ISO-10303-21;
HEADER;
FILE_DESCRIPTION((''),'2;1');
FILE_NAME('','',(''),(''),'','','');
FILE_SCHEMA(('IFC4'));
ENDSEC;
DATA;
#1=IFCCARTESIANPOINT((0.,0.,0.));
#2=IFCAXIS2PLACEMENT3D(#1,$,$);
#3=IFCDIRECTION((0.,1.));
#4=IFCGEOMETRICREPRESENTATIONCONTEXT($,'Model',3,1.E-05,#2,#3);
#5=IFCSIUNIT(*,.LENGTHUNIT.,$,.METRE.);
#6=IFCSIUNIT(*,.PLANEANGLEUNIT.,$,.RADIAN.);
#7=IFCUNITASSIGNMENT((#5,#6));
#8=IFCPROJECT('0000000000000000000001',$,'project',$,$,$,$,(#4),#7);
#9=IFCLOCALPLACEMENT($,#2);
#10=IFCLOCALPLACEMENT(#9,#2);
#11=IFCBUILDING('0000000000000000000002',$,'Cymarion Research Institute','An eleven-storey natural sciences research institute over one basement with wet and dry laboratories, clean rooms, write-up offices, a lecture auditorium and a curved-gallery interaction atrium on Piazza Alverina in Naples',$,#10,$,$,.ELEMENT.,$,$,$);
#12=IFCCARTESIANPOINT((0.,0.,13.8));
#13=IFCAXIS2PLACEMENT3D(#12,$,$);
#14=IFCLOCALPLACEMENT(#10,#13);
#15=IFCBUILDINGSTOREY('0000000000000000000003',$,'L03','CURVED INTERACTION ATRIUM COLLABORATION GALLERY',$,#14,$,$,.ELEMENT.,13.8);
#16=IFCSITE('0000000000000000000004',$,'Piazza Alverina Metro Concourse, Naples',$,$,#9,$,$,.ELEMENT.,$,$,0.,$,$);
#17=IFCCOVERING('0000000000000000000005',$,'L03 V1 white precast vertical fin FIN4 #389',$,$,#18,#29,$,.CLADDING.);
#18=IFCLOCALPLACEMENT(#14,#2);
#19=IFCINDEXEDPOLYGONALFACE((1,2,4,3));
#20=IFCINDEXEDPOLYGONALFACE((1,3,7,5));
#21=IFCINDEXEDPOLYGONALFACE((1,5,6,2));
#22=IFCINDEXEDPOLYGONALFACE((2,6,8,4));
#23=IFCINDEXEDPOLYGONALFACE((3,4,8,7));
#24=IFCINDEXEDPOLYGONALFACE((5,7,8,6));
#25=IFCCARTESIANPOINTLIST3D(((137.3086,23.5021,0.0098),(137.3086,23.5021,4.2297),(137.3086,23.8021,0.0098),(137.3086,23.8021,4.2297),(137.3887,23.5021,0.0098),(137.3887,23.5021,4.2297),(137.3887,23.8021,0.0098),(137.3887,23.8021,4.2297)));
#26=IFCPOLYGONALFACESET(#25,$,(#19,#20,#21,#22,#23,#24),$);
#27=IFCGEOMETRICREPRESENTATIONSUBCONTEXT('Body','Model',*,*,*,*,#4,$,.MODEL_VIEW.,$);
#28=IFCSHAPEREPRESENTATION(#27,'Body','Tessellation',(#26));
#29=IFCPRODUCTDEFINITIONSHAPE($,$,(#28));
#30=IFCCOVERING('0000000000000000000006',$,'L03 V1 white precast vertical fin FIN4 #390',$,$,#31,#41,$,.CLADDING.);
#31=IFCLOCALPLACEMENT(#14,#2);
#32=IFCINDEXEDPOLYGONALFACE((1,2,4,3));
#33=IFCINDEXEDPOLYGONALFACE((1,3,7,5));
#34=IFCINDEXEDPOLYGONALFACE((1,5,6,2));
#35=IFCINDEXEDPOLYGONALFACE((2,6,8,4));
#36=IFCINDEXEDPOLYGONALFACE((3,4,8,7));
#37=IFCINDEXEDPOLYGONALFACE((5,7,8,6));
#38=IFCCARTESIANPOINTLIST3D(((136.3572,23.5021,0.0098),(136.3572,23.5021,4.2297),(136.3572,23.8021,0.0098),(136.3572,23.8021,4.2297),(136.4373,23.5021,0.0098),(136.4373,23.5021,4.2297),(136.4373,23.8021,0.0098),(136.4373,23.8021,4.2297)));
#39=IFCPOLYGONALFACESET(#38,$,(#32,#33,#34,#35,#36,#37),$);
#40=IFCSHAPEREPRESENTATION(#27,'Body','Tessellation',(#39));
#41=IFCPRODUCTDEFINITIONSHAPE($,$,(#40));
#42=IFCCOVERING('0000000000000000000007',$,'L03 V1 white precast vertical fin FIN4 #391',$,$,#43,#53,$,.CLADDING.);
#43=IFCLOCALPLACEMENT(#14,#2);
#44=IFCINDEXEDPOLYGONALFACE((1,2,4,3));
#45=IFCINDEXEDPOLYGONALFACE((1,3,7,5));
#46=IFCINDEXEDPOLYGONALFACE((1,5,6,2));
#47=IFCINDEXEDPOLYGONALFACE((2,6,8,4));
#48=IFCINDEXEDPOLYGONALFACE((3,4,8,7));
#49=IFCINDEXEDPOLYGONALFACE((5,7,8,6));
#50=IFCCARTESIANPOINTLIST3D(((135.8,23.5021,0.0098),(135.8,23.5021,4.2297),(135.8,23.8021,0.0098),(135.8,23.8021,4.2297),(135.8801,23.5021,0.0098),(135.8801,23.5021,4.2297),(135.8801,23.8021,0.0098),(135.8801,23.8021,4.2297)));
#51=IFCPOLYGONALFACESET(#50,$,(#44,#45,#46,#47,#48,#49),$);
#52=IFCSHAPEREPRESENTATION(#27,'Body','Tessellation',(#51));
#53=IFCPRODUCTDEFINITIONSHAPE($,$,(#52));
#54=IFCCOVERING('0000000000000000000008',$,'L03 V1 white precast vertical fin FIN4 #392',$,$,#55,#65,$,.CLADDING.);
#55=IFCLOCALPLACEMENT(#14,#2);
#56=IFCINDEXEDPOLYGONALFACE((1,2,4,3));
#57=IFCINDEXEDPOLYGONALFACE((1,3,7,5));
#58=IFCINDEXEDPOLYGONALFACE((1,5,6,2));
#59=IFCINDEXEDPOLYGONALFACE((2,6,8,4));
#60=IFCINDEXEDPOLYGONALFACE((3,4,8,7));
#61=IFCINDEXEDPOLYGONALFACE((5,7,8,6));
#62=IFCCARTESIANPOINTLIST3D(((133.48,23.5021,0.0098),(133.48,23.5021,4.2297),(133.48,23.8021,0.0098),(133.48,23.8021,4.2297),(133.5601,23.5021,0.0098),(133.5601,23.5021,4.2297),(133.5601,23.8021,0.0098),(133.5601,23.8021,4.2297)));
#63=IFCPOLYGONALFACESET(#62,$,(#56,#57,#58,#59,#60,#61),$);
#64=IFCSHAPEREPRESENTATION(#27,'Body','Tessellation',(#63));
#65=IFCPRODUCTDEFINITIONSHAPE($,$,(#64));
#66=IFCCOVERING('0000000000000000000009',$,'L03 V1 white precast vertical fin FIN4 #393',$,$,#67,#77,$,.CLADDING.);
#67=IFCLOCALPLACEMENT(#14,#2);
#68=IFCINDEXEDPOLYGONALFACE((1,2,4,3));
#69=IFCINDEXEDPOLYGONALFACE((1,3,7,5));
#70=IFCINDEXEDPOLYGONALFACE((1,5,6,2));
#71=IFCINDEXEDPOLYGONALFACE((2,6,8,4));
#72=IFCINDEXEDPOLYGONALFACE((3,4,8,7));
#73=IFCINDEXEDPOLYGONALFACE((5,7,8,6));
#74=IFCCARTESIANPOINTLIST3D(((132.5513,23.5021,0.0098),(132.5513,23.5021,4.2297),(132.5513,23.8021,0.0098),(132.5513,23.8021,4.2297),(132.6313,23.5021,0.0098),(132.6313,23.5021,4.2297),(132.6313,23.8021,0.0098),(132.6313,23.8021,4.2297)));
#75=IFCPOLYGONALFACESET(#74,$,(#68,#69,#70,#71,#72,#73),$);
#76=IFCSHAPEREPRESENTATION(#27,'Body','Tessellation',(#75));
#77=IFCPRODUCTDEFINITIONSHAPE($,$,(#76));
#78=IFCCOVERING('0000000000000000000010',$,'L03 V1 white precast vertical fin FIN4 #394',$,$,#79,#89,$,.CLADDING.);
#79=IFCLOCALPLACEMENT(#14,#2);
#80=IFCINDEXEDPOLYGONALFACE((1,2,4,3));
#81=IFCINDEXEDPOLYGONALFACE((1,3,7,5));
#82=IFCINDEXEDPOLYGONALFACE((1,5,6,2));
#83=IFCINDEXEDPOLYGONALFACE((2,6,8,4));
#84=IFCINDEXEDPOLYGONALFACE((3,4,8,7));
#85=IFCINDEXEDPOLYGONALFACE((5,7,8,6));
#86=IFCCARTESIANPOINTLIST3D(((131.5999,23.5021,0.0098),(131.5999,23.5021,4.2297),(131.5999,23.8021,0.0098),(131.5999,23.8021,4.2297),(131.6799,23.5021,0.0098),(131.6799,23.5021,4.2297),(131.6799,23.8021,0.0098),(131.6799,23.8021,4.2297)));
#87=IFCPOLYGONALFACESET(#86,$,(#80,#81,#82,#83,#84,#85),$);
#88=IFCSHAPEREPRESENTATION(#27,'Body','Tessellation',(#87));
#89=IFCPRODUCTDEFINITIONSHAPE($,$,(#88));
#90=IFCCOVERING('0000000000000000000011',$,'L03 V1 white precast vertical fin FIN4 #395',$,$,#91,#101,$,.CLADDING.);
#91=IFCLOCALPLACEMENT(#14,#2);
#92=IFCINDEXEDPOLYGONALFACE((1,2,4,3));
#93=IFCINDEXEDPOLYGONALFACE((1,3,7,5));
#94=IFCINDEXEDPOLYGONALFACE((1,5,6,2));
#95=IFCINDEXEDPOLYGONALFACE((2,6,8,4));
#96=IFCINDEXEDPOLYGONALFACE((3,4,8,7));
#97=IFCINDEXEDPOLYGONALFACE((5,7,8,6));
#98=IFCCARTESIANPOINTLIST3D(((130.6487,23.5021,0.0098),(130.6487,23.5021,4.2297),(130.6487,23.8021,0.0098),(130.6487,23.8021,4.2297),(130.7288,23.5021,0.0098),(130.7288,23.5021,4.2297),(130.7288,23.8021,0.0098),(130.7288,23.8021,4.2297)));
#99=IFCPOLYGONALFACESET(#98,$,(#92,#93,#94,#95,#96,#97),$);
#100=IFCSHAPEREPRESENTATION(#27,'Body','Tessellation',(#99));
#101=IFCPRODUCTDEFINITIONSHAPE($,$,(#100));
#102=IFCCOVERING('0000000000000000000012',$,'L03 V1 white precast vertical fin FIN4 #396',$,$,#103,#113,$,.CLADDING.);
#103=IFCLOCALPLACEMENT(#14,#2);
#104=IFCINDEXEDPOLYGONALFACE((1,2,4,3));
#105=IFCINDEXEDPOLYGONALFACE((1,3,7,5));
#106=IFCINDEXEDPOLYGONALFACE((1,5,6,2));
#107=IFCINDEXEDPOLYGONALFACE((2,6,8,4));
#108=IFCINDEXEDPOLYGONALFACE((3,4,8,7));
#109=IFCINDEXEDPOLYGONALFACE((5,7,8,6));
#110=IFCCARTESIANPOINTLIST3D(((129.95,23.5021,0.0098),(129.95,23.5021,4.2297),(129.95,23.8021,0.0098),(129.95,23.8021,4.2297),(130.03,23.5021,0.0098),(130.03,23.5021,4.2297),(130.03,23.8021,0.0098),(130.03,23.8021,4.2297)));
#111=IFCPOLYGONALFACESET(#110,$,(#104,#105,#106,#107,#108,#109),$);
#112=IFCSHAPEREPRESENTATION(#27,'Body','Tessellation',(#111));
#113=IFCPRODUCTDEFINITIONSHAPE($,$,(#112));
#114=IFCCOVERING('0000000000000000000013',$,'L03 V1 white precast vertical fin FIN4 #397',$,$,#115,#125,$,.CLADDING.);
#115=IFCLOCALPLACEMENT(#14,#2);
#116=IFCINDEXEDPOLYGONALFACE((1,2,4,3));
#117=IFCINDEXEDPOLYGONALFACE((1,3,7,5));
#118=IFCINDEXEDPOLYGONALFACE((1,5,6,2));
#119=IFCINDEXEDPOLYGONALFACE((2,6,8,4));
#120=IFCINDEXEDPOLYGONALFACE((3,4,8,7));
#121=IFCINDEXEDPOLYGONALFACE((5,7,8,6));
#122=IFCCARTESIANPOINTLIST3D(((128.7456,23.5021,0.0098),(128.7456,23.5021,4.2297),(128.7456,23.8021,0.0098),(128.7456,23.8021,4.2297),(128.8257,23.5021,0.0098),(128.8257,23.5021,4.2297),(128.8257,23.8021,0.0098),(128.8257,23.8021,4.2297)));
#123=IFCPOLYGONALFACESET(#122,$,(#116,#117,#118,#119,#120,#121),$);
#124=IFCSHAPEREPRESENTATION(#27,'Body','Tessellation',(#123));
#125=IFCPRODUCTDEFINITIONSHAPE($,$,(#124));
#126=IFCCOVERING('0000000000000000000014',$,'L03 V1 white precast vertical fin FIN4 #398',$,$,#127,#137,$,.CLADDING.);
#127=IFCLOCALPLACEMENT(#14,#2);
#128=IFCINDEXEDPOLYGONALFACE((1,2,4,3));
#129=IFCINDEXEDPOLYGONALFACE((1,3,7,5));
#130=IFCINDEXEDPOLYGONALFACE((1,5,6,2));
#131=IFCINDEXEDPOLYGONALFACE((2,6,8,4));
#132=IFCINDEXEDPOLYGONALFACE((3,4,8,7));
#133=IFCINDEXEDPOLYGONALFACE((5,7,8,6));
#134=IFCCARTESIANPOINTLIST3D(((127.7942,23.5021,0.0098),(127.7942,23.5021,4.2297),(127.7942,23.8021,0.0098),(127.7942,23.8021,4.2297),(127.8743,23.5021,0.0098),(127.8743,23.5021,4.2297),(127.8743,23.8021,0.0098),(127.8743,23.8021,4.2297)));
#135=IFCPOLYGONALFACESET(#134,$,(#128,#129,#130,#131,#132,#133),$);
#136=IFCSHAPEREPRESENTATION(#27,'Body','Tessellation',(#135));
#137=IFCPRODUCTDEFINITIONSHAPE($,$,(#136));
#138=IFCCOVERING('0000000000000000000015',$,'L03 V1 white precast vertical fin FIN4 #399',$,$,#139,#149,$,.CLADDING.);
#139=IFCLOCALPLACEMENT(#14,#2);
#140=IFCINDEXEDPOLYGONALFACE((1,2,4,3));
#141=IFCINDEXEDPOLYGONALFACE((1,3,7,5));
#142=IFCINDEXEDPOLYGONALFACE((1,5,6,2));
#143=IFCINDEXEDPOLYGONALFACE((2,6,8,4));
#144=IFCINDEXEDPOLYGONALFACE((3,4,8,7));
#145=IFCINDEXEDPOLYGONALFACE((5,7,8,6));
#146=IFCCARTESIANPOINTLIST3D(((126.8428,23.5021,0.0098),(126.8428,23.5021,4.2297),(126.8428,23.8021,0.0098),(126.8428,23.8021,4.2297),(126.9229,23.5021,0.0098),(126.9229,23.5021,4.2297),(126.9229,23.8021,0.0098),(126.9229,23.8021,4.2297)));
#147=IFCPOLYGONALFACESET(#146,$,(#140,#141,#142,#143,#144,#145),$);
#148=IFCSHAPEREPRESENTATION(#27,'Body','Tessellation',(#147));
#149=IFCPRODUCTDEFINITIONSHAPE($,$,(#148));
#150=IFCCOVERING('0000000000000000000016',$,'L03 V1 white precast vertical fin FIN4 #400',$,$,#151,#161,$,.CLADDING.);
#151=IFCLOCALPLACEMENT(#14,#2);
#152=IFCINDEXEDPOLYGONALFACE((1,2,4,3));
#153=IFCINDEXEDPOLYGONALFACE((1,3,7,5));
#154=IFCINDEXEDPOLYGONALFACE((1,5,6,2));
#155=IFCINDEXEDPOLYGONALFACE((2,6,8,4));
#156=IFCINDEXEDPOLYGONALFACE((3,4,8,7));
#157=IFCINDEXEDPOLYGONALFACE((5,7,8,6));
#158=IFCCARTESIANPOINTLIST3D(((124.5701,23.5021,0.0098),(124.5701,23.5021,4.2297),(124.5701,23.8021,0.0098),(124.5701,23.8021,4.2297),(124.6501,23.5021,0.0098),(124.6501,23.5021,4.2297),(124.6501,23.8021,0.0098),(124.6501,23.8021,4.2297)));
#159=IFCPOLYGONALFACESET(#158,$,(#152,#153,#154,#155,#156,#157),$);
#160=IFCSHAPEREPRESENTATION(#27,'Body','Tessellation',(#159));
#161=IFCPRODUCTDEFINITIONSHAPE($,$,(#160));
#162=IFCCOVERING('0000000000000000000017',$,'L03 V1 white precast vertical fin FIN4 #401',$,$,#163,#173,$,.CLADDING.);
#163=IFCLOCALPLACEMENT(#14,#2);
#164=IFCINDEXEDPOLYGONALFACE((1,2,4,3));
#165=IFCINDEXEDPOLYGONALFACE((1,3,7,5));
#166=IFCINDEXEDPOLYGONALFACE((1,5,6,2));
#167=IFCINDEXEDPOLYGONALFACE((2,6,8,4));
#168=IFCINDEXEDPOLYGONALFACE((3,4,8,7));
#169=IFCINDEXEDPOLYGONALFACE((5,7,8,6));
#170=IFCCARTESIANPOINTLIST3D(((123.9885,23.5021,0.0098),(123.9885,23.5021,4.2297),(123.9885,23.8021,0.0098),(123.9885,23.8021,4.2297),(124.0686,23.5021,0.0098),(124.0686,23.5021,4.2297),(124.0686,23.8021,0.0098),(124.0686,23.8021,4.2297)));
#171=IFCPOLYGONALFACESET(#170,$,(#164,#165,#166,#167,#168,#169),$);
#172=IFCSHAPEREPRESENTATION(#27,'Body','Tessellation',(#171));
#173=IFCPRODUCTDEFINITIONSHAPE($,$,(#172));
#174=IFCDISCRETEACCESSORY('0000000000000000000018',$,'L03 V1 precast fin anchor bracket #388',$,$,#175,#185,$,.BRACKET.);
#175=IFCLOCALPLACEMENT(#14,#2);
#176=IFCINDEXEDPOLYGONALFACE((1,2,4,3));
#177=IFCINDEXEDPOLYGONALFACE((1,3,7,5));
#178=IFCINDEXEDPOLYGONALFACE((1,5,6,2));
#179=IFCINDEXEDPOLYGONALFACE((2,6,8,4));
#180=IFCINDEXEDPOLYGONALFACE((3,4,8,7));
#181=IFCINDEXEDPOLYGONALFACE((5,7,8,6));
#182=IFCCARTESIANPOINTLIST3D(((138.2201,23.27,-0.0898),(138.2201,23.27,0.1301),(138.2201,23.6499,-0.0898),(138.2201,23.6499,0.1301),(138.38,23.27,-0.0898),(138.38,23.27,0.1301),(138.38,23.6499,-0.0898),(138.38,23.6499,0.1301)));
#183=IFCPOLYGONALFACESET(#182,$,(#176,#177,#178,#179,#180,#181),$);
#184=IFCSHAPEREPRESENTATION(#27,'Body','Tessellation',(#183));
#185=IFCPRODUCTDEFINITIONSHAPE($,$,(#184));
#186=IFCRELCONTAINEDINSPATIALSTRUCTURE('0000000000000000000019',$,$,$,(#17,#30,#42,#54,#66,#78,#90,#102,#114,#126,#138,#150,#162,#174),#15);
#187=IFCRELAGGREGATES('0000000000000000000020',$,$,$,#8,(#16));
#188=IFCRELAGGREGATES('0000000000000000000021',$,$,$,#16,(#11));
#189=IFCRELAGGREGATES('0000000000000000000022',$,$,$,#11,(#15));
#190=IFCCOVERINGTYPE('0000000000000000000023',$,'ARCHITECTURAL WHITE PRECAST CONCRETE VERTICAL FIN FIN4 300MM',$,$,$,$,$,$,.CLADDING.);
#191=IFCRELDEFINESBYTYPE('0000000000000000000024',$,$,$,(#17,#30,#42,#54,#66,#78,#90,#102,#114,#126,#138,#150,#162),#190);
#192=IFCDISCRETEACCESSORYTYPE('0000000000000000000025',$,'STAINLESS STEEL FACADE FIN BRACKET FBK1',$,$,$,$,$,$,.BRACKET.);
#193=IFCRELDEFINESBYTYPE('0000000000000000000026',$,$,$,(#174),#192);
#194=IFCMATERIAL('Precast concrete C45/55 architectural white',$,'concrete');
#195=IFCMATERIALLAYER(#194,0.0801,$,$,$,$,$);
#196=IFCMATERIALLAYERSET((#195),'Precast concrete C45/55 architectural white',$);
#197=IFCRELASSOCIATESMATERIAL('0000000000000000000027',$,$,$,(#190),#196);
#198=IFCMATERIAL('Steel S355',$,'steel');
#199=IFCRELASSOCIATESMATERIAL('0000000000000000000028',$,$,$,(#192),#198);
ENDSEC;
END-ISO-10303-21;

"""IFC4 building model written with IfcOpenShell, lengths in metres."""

from ifc_helpers import new_model, si_unit, direction, frame, origin, origin_2d, place, context, subcontext, project, spatial, rectangle, extrude, material, layer, layer_set, type_object, element, save


model = new_model("IFC4")

# Units and contexts
model_context = context("Model", 3, precision=1e-05, world=origin(), true_north=direction((0.0, 1.0)))
body_context = subcontext(model_context, "Body", "Model", "MODEL_VIEW")
ifc_project = project(units=[si_unit("LENGTHUNIT", "METRE"), si_unit("PLANEANGLEUNIT", "RADIAN")], contexts=[model_context])

# Site, building, storey
site_placement = place(None, origin())
site = spatial("IfcSite", under=ifc_project, at=site_placement, Name="Piazza Alverina Metro Concourse, Naples", CompositionType="ELEMENT", RefElevation=0.0)
building_placement = place(site_placement, origin())
building = spatial("IfcBuilding", under=site, at=building_placement, Name="Cymarion Research Institute", Description="An eleven-storey natural sciences research institute over one basement with wet and dry laboratories, clean rooms, write-up offices, a lecture auditorium and a curved-gallery interaction atrium on Piazza Alverina in Naples", CompositionType="ELEMENT")
storey_placement = place(building_placement, frame((0.0, 0.0, 13.8)))
storey = spatial("IfcBuildingStorey", under=building, at=storey_placement, Name="L03", Description="CURVED INTERACTION ATRIUM COLLABORATION GALLERY", CompositionType="ELEMENT", Elevation=13.8)

# Shared definitions
ifc_material_1 = material(Name="Steel S355", Category="steel")

# Coverings
ifc_material_2 = material(Name="Precast concrete C45/55 architectural white", Category="concrete")
ifc_layer_1 = layer(ifc_material_2, 0.0801)
ifc_layer_set_1 = layer_set([ifc_layer_1], Name="Precast concrete C45/55 architectural white")
covering_type_1 = type_object("IfcCoveringType", Name="ARCHITECTURAL WHITE PRECAST CONCRETE VERTICAL FIN FIN4 300MM", PredefinedType="CLADDING", material=ifc_layer_set_1)
for number, where, z_axis, x_axis, name in (
    (1, (137.3486, 23.6521, 0.0098), (0.0, 0.0, 1.0), (0.0, 1.0, 0.0), "L03 V1 white precast vertical fin FIN4 #389"),
    (2, (136.3972, 23.6521, 0.0098), (0.0, 0.0, 1.0), (0.0, 1.0, 0.0), "L03 V1 white precast vertical fin FIN4 #390"),
    (3, (135.8401, 23.6521, 0.0098), (0.0, 0.0, 1.0), (0.0, 1.0, 0.0), "L03 V1 white precast vertical fin FIN4 #391"),
    (4, (133.52, 23.6521, 0.0098), (0.0, 0.0, 1.0), (0.0, 1.0, 0.0), "L03 V1 white precast vertical fin FIN4 #392"),
    (5, (132.5913, 23.6521, 0.0098), (0.0, 0.0, 1.0), (0.0, 1.0, 0.0), "L03 V1 white precast vertical fin FIN4 #393"),
    (6, (131.6399, 23.6521, 0.0098), (0.0, 0.0, 1.0), (0.0, 1.0, 0.0), "L03 V1 white precast vertical fin FIN4 #394"),
    (7, (130.6887, 23.6521, 0.0098), (0.0, 0.0, 1.0), (0.0, 1.0, 0.0), "L03 V1 white precast vertical fin FIN4 #395"),
    (8, (129.99, 23.6521, 0.0098), (0.0, 0.0, 1.0), (0.0, 1.0, 0.0), "L03 V1 white precast vertical fin FIN4 #396"),
    (9, (128.7856, 23.6521, 0.0098), (0.0, 0.0, 1.0), (0.0, 1.0, 0.0), "L03 V1 white precast vertical fin FIN4 #397"),
    (10, (127.8342, 23.6521, 0.0098), (0.0, 0.0, 1.0), (0.0, 1.0, 0.0), "L03 V1 white precast vertical fin FIN4 #398"),
    (11, (126.8828, 23.6521, 0.0098), (0.0, 0.0, 1.0), (0.0, 1.0, 0.0), "L03 V1 white precast vertical fin FIN4 #399"),
    (12, (124.6101, 23.6521, 0.0098), (0.0, 0.0, 1.0), (0.0, 1.0, 0.0), "L03 V1 white precast vertical fin FIN4 #400"),
    (13, (124.0286, 23.6521, 0.0098), (0.0, 0.0, 1.0), (0.0, 1.0, 0.0), "L03 V1 white precast vertical fin FIN4 #401"),
):
    element("IfcCovering", number, at=place(storey_placement, frame(where, z_axis=z_axis, x_axis=x_axis)), inside=storey, type_object=covering_type_1, Name=name, PredefinedType="CLADDING", context=body_context, shape_type="SweptSolid", body=[
        extrude(rectangle(XDim=0.3, YDim=0.0801, at=origin_2d()), origin(), (0.0, 0.0, 1.0), 4.22),
    ])

# Discrete accessory
discrete_accessory_type = type_object("IfcDiscreteAccessoryType", Name="STAINLESS STEEL FACADE FIN BRACKET FBK1", PredefinedType="BRACKET", material=ifc_material_1)
discrete_accessory_placement = place(storey_placement, frame((138.3, 23.46, -0.0898), z_axis=(0.0, 0.0, 1.0), x_axis=(0.0, 1.0, 0.0)))
element("IfcDiscreteAccessory", 14, at=discrete_accessory_placement, inside=storey, type_object=discrete_accessory_type, Name="L03 V1 precast fin anchor bracket #388", PredefinedType="BRACKET", context=body_context, shape_type="SweptSolid", body=[
    extrude(rectangle(XDim=0.3799, YDim=0.1599, at=origin_2d()), origin(), (0.0, 0.0, 1.0), 0.22),
])

save(model, "model.ifc")
